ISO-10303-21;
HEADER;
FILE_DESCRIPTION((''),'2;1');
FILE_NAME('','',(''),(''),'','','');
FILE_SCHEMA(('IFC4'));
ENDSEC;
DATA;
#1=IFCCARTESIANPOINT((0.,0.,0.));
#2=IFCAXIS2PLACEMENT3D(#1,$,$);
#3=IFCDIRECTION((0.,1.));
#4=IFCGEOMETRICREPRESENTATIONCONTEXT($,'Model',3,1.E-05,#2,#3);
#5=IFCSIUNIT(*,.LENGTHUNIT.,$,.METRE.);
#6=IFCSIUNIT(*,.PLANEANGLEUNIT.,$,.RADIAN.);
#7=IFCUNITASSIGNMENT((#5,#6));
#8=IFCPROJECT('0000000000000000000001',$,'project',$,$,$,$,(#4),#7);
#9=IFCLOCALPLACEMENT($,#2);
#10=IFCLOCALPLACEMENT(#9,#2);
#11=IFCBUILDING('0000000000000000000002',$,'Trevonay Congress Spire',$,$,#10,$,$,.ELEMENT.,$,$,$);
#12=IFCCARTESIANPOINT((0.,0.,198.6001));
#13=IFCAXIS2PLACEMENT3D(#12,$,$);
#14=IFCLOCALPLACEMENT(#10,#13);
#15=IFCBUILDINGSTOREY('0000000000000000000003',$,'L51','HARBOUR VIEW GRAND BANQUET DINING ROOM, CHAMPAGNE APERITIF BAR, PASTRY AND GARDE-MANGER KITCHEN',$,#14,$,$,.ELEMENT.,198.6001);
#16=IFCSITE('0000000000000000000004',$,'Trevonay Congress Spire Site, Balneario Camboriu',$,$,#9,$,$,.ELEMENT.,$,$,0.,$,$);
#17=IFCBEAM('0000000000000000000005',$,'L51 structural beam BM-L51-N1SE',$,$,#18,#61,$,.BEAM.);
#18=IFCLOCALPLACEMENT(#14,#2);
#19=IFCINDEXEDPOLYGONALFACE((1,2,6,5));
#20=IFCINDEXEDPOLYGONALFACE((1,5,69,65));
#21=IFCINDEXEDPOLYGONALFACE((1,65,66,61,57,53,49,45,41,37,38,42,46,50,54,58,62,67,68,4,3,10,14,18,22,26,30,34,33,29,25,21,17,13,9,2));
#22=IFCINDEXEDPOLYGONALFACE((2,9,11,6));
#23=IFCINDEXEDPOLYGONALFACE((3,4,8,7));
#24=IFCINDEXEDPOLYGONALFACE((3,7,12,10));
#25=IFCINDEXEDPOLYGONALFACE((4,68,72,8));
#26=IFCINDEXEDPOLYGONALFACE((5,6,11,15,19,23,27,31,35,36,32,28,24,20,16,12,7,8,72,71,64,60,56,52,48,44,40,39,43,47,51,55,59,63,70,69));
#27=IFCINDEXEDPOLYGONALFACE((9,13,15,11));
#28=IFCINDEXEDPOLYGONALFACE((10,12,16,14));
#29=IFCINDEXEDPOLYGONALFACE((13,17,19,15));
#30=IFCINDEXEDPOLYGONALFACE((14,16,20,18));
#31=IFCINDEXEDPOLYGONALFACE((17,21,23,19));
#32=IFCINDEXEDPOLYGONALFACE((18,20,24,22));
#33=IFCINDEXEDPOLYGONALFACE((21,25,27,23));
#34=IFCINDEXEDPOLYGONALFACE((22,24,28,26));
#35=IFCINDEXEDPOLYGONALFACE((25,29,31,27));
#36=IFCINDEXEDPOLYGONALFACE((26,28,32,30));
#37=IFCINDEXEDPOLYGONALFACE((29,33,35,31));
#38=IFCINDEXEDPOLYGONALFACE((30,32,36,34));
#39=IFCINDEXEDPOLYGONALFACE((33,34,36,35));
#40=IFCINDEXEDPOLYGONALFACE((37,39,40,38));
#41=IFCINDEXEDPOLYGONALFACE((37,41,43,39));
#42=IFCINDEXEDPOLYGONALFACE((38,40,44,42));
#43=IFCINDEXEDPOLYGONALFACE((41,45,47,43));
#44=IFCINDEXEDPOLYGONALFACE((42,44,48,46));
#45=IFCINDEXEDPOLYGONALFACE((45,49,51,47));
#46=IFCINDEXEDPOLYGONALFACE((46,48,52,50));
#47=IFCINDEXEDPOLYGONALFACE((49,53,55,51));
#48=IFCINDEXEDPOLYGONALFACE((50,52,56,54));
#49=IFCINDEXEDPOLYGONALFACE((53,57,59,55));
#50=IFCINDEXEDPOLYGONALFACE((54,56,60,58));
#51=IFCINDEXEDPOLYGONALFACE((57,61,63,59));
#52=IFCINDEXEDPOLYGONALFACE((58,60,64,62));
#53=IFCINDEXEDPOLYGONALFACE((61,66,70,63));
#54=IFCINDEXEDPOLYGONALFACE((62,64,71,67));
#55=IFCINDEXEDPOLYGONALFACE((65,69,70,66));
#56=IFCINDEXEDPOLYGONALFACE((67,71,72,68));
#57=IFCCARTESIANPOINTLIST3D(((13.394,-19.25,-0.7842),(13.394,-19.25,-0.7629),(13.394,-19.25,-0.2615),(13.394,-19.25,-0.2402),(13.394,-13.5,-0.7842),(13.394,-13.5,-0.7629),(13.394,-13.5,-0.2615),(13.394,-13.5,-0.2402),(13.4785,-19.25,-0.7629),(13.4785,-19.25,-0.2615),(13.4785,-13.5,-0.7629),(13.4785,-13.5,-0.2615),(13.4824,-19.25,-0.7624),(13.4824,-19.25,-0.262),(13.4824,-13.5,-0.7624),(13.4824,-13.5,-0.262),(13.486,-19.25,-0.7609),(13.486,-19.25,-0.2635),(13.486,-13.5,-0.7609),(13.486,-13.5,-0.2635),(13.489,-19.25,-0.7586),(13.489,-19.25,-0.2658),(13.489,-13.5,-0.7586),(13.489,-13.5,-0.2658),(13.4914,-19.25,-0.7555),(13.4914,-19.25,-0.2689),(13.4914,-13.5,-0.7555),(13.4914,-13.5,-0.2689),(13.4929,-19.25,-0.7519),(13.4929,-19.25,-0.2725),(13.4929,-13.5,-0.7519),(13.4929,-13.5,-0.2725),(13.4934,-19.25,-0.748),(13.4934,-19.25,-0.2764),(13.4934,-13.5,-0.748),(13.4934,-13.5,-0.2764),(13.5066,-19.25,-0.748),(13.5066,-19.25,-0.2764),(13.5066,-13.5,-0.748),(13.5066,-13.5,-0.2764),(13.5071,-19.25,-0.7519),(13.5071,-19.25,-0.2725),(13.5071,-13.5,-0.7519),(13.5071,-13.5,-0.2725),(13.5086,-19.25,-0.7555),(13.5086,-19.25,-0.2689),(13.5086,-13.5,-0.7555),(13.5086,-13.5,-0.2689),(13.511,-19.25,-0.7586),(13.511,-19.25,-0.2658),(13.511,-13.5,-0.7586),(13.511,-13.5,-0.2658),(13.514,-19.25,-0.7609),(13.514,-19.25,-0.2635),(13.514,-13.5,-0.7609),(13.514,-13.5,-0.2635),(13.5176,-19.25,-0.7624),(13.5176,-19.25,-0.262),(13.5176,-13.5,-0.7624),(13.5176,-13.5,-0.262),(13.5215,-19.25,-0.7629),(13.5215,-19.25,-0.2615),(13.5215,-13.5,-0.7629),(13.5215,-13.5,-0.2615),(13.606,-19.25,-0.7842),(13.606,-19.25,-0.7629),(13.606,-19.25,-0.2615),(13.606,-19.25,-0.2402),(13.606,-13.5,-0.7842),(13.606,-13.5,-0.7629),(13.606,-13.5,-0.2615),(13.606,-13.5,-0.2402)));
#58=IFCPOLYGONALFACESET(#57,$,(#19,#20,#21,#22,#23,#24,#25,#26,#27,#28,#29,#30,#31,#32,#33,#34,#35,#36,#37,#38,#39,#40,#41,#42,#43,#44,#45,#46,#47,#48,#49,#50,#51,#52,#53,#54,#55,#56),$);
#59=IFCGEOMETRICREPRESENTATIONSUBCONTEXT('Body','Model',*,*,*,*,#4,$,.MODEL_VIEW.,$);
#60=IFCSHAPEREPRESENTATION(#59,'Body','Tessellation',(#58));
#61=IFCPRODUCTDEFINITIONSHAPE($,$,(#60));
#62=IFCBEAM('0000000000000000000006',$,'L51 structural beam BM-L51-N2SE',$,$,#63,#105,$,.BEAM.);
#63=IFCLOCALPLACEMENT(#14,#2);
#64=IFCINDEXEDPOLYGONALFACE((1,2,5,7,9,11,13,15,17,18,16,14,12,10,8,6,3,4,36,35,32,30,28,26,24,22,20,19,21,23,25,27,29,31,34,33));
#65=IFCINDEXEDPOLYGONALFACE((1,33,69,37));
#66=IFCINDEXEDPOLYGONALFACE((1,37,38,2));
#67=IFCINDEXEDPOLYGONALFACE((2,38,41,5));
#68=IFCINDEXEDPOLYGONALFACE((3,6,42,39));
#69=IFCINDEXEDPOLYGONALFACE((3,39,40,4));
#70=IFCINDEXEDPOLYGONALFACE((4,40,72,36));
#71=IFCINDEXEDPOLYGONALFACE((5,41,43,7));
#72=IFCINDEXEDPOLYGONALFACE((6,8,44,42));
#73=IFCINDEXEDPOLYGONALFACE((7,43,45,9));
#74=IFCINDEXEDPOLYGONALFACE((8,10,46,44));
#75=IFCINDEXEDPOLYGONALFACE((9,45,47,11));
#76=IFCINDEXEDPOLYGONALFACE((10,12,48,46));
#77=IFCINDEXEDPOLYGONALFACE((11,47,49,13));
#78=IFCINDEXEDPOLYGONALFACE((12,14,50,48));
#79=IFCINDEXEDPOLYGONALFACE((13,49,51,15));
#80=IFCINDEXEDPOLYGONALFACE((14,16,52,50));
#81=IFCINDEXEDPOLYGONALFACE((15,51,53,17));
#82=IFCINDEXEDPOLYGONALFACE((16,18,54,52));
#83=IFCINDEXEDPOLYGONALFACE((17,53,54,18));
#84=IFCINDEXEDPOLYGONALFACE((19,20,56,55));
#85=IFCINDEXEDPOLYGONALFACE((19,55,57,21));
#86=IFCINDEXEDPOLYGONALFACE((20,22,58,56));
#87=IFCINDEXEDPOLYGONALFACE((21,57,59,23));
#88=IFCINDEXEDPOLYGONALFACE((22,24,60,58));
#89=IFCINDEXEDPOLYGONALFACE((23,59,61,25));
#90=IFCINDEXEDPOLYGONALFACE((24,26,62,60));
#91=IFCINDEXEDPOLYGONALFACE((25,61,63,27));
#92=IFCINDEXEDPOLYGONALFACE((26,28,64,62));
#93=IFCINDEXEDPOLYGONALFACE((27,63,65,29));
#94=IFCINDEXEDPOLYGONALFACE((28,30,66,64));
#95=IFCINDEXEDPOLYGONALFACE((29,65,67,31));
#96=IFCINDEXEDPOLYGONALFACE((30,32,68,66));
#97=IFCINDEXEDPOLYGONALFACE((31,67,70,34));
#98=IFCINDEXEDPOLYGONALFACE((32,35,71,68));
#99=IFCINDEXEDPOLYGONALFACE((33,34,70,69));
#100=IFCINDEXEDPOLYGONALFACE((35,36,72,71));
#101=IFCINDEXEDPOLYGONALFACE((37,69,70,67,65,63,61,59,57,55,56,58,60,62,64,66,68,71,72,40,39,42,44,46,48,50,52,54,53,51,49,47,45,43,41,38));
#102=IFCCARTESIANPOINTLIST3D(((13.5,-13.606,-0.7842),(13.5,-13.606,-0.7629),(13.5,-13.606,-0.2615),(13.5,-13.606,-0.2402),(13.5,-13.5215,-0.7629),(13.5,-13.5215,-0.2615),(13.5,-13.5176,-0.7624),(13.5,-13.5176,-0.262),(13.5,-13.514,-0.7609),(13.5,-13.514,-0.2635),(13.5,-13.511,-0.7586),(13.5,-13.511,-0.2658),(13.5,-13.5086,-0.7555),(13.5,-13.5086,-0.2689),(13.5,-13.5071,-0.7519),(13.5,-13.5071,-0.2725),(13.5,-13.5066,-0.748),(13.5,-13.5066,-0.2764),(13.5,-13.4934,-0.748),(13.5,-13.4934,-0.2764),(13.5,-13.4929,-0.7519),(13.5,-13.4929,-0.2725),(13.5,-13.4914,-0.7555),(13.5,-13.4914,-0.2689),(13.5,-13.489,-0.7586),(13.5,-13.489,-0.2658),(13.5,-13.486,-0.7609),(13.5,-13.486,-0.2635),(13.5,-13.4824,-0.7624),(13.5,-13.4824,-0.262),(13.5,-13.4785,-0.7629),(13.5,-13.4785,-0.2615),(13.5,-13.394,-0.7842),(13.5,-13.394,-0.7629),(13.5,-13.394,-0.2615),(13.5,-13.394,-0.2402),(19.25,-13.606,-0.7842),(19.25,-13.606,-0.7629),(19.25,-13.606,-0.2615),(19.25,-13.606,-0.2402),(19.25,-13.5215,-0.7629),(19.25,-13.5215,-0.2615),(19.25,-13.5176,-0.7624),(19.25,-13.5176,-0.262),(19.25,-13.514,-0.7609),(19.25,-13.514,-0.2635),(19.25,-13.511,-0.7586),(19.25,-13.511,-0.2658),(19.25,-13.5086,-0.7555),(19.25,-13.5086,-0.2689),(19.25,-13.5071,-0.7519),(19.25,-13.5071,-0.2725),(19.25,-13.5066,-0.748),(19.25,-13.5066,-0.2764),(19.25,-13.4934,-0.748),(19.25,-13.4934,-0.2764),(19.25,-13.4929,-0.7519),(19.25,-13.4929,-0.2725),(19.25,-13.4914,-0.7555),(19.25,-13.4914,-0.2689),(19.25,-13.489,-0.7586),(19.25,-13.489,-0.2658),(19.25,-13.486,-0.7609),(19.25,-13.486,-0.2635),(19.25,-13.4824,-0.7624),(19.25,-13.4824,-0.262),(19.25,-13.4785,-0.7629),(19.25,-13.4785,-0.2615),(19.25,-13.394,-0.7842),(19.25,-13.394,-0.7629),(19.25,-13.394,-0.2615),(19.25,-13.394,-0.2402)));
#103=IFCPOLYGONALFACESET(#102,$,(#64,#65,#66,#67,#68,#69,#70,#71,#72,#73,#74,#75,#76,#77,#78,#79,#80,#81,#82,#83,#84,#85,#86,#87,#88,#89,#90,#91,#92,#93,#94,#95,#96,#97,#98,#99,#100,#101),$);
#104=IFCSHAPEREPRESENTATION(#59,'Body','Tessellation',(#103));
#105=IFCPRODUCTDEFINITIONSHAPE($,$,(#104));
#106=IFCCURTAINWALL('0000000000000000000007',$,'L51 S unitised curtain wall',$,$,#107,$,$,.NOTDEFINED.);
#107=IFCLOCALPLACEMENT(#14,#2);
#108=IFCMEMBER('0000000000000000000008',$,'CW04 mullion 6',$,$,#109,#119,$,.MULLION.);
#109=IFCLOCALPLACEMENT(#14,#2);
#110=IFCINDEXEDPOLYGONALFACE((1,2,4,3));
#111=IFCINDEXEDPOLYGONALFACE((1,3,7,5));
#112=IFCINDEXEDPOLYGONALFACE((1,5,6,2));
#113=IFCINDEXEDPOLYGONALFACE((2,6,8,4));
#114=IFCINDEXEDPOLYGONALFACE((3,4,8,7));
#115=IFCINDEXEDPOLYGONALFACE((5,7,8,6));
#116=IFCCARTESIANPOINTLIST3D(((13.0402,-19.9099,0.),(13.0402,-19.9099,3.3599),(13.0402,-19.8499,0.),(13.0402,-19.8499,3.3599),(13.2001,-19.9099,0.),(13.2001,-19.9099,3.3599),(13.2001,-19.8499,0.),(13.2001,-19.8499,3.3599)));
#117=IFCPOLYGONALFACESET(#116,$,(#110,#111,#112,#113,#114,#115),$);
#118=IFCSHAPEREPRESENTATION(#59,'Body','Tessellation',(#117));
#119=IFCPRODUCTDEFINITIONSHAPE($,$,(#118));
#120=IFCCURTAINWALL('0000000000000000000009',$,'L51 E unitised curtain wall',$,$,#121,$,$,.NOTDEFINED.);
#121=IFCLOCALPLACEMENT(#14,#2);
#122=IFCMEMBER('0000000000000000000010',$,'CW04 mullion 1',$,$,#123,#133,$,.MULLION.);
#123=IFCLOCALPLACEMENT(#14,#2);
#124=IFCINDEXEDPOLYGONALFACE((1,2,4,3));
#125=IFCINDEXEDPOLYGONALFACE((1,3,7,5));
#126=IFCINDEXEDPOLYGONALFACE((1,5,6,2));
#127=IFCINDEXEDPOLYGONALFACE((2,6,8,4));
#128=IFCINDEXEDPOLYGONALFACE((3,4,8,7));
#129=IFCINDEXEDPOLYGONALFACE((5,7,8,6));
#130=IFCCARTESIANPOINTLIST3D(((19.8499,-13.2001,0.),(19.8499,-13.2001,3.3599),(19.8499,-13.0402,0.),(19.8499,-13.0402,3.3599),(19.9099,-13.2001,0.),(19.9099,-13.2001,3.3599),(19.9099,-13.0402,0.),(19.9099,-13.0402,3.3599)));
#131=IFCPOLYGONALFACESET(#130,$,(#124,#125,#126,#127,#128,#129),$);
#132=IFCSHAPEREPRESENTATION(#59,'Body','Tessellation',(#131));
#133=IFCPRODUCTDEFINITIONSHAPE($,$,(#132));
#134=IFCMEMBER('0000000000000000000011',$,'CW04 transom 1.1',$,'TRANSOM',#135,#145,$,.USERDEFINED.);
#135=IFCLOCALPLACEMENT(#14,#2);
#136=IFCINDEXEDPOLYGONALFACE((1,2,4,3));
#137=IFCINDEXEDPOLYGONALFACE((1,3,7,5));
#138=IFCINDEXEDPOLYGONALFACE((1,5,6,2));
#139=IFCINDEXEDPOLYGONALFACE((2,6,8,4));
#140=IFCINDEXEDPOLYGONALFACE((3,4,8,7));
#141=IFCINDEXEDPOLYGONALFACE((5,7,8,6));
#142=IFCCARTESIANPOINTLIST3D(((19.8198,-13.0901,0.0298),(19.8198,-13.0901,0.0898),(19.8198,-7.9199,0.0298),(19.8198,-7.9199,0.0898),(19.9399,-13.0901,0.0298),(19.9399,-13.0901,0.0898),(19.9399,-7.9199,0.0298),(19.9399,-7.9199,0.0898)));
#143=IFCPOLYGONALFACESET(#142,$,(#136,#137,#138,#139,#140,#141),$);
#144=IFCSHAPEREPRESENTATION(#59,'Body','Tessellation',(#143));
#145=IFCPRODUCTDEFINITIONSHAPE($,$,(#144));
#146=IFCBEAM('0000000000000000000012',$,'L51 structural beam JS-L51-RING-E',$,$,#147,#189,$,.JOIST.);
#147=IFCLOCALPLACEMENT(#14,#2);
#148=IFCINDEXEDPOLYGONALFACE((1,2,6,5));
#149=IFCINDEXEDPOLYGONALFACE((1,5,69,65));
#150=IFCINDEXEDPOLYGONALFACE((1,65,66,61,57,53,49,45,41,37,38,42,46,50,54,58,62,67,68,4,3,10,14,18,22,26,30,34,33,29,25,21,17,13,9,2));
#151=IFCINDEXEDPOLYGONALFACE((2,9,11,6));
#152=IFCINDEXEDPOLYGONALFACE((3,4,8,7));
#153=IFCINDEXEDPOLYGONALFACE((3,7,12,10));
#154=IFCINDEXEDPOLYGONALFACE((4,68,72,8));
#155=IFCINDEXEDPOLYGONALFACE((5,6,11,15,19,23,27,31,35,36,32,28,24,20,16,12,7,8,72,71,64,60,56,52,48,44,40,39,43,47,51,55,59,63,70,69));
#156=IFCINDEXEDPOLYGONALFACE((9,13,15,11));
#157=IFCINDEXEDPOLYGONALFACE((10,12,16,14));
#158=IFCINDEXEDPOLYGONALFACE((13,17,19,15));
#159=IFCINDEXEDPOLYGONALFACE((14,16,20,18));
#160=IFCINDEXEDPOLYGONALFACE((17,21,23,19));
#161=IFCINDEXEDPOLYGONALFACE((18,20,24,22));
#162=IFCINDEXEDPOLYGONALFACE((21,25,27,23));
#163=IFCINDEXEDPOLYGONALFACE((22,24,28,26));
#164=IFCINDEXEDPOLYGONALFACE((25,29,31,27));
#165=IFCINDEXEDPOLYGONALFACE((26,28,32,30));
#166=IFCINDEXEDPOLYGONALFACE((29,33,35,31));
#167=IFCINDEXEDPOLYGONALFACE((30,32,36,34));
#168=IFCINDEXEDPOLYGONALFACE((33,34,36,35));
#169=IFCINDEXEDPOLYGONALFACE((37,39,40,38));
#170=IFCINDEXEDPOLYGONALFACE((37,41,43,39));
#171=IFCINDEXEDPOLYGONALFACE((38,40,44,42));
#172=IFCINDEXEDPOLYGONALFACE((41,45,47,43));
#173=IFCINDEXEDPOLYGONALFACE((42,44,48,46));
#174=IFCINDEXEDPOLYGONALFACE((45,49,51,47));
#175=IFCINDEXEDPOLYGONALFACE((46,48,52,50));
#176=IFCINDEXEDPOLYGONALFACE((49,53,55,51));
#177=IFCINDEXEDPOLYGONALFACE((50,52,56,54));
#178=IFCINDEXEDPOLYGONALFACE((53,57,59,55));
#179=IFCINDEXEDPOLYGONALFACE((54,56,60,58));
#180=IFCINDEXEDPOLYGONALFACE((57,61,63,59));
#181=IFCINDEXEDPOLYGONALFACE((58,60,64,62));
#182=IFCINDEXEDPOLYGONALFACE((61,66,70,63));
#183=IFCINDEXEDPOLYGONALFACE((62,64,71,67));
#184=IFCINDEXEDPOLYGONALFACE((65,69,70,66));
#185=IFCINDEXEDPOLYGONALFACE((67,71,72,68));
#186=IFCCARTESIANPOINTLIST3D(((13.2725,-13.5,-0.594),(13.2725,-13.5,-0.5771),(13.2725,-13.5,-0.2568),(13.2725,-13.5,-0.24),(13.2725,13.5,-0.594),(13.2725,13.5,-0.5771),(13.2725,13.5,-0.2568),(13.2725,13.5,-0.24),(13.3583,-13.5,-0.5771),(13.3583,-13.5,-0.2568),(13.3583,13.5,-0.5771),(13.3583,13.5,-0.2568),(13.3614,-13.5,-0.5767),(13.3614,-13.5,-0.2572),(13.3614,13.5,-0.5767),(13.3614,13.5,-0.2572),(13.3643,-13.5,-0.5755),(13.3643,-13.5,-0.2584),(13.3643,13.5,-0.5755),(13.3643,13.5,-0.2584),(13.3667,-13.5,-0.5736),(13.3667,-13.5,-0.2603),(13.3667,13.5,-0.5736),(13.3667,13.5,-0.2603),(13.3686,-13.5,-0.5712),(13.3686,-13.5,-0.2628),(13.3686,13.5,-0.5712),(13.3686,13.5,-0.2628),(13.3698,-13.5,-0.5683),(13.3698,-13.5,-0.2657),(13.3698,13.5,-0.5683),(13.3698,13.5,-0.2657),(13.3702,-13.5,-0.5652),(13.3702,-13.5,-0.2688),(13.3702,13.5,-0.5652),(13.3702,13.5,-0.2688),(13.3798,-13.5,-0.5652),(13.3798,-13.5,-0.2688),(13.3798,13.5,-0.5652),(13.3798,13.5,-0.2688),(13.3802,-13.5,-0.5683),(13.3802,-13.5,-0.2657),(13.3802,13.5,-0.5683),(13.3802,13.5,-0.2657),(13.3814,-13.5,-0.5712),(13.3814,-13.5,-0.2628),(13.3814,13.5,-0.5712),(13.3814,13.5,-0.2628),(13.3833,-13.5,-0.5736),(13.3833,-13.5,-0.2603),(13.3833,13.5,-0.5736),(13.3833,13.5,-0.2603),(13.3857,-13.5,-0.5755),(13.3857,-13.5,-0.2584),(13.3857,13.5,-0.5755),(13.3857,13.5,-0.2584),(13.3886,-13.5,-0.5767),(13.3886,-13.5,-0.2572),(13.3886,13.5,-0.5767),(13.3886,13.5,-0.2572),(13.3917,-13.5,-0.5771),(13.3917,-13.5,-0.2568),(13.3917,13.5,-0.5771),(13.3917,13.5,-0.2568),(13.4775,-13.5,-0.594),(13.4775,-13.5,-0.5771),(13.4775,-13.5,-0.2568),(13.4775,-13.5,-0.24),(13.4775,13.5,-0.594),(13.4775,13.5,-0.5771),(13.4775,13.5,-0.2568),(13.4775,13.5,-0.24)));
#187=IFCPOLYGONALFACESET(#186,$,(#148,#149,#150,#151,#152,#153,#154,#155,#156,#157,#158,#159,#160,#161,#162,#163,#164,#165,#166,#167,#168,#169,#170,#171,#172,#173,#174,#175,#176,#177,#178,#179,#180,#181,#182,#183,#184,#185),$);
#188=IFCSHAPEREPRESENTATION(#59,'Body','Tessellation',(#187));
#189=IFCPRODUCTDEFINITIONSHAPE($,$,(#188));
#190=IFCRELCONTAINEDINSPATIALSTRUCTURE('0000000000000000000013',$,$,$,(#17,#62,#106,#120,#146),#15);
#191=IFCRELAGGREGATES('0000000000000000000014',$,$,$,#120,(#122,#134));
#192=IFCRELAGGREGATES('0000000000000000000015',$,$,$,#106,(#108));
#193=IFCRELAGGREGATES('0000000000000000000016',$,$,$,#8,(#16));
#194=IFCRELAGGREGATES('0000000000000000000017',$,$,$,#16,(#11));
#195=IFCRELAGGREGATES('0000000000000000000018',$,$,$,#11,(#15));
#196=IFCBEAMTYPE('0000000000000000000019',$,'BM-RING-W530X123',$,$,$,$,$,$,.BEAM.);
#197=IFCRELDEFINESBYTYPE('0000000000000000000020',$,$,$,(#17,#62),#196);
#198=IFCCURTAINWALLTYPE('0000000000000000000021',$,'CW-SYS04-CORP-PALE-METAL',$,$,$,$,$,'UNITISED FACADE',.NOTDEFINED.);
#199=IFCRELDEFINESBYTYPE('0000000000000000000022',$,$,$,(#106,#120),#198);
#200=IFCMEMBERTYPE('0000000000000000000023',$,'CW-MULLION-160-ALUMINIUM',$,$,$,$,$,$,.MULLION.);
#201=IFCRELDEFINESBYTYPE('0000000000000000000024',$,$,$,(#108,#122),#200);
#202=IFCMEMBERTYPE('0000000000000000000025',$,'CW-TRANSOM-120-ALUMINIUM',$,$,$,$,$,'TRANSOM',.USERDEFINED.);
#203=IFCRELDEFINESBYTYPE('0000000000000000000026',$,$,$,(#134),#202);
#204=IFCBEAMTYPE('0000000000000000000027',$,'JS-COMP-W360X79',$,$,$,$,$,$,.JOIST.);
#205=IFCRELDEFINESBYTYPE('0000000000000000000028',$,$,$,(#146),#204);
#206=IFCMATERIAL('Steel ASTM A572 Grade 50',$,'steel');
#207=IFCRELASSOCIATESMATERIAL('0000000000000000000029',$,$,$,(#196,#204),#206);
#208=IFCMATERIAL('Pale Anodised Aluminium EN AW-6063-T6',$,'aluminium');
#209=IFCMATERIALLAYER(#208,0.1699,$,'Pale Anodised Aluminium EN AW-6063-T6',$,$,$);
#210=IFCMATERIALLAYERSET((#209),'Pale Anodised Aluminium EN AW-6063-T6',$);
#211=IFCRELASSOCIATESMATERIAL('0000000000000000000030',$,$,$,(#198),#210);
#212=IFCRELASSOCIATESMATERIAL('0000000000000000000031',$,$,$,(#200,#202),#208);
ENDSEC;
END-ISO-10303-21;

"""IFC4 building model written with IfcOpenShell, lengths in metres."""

from ifc_helpers import new_model, si_unit, direction, frame, origin, origin_2d, place, context, subcontext, project, spatial, rectangle, i_section, extrude, material, layer, layer_set, material_profile, profile_set, type_object, element, aggregate, save


model = new_model("IFC4")

# Units and contexts
model_context = context("Model", 3, precision=1e-05, world=origin(), true_north=direction((0.0, 1.0)))
body_context = subcontext(model_context, "Body", "Model", "MODEL_VIEW")
ifc_project = project(units=[si_unit("LENGTHUNIT", "METRE"), si_unit("PLANEANGLEUNIT", "RADIAN")], contexts=[model_context])

# Site, building, storey
site_placement = place(None, origin())
site = spatial("IfcSite", under=ifc_project, at=site_placement, Name="Trevonay Congress Spire Site, Balneario Camboriu", CompositionType="ELEMENT", RefElevation=0.0)
building_placement = place(site_placement, origin())
building = spatial("IfcBuilding", under=site, at=building_placement, Name="Trevonay Congress Spire", CompositionType="ELEMENT")
storey_placement = place(building_placement, frame((0.0, 0.0, 198.6001)))
storey = spatial("IfcBuildingStorey", under=building, at=storey_placement, Name="L51", Description="HARBOUR VIEW GRAND BANQUET DINING ROOM, CHAMPAGNE APERITIF BAR, PASTRY AND GARDE-MANGER KITCHEN", CompositionType="ELEMENT", Elevation=198.6001)

# Shared definitions
ifc_material_1 = material(Name="Steel ASTM A572 Grade 50", Category="steel")

# Beams
ifc_material_profile_1 = material_profile(ifc_material_1, i_section(OverallWidth=0.2119, OverallDepth=0.5439, WebThickness=0.0132, FlangeThickness=0.0212, FilletRadius=0.0149, at=origin_2d()), Name="W530x123")
ifc_profile_set_1 = profile_set([ifc_material_profile_1], Name="Steel ASTM A572 Grade 50")
beam_type_1 = type_object("IfcBeamType", Name="BM-RING-W530X123", PredefinedType="BEAM", material=ifc_profile_set_1)
for number, where, z_axis, x_axis, name in (
    (1, (13.5, -19.25, -0.5122), (0.0, 1.0, 0.0), (-1.0, 0.0, 0.0), "L51 structural beam BM-L51-N1SE"),
    (2, (19.25, -13.5, -0.5122), (-1.0, 0.0, 0.0), (0.0, -1.0, 0.0), "L51 structural beam BM-L51-N2SE"),
):
    element("IfcBeam", number, at=place(storey_placement, frame(where, z_axis=z_axis, x_axis=x_axis)), inside=storey, type_object=beam_type_1, Name=name, PredefinedType="BEAM", context=body_context, shape_type="SweptSolid", body=[
        extrude(i_section(OverallWidth=0.2119, OverallDepth=0.5439, WebThickness=0.0132, FlangeThickness=0.0212, FilletRadius=0.0149, at=origin_2d()), origin(), (0.0, 0.0, 1.0), 5.75),
    ])

# Curtain wall, member
ifc_material_2 = material(Name="Pale Anodised Aluminium EN AW-6063-T6", Category="aluminium")
ifc_layer_1 = layer(ifc_material_2, 0.1699, Name="Pale Anodised Aluminium EN AW-6063-T6")
ifc_layer_set_1 = layer_set([ifc_layer_1], Name="Pale Anodised Aluminium EN AW-6063-T6")
curtain_wall_type = type_object("IfcCurtainWallType", Name="CW-SYS04-CORP-PALE-METAL", ElementType="UNITISED FACADE", PredefinedType="NOTDEFINED", material=ifc_layer_set_1)
curtain_wall_1_placement = place(storey_placement, origin())
curtain_wall_1 = element("IfcCurtainWall", 3, at=curtain_wall_1_placement, inside=storey, type_object=curtain_wall_type, Name="L51 S unitised curtain wall", PredefinedType="NOTDEFINED")
ifc_material_profile_2 = material_profile(ifc_material_2, rectangle(XDim=0.0601, YDim=0.1599, at=origin_2d()), Name="CW-MULLION-160-ALUMINIUM")
ifc_profile_set_2 = profile_set([ifc_material_profile_2], Name="Pale Anodised Aluminium EN AW-6063-T6")
member_type_1 = type_object("IfcMemberType", Name="CW-MULLION-160-ALUMINIUM", PredefinedType="MULLION", material=ifc_profile_set_2)
member_1_placement = place(storey_placement, frame((13.1201, -19.8799, 0.0), z_axis=(0.0, 0.0, 1.0), x_axis=(0.0, 1.0, 0.0)))
member_1 = element("IfcMember", 4, at=member_1_placement, type_object=member_type_1, Name="CW04 mullion 6", PredefinedType="MULLION", context=body_context, shape_type="SweptSolid", body=[
    extrude(rectangle(XDim=0.0601, YDim=0.1599, at=origin_2d()), origin(), (0.0, 0.0, 1.0), 3.3599),
])

# Curtain wall, members
curtain_wall_2_placement = place(storey_placement, origin())
curtain_wall_2 = element("IfcCurtainWall", 5, at=curtain_wall_2_placement, inside=storey, type_object=curtain_wall_type, Name="L51 E unitised curtain wall", PredefinedType="NOTDEFINED")
member_2_placement = place(storey_placement, frame((19.8799, -13.1201, 0.0), z_axis=(0.0, 0.0, 1.0), x_axis=(-1.0, 0.0, 0.0)))
member_2 = element("IfcMember", 6, at=member_2_placement, type_object=member_type_1, Name="CW04 mullion 1", PredefinedType="MULLION", context=body_context, shape_type="SweptSolid", body=[
    extrude(rectangle(XDim=0.0601, YDim=0.1599, at=origin_2d()), origin(), (0.0, 0.0, 1.0), 3.3599),
])
ifc_material_profile_3 = material_profile(ifc_material_2, rectangle(XDim=0.1201, YDim=0.0601, at=origin_2d()), Name="CW-TRANSOM-120-ALUMINIUM")
ifc_profile_set_3 = profile_set([ifc_material_profile_3], Name="Pale Anodised Aluminium EN AW-6063-T6")
member_type_2 = type_object("IfcMemberType", Name="CW-TRANSOM-120-ALUMINIUM", ElementType="TRANSOM", PredefinedType="USERDEFINED", material=ifc_profile_set_3)
member_3_placement = place(storey_placement, frame((19.8799, -13.0901, 0.0598), z_axis=(0.0, 1.0, 0.0), x_axis=(-1.0, 0.0, 0.0)))
member_3 = element("IfcMember", 7, at=member_3_placement, type_object=member_type_2, Name="CW04 transom 1.1", ObjectType="TRANSOM", PredefinedType="USERDEFINED", context=body_context, shape_type="SweptSolid", body=[
    extrude(rectangle(XDim=0.1201, YDim=0.0601, at=origin_2d()), origin(), (0.0, 0.0, 1.0), 5.1702),
])
aggregate(curtain_wall_2, [member_2, member_3])

# Beam
ifc_material_profile_4 = material_profile(ifc_material_1, i_section(OverallWidth=0.2051, OverallDepth=0.354, WebThickness=0.0095, FlangeThickness=0.0168, FilletRadius=0.012, at=origin_2d()), Name="W360x79")
ifc_profile_set_4 = profile_set([ifc_material_profile_4], Name="Steel ASTM A572 Grade 50")
beam_type_2 = type_object("IfcBeamType", Name="JS-COMP-W360X79", PredefinedType="JOIST", material=ifc_profile_set_4)
beam_placement = place(storey_placement, frame((13.375, -13.5, -0.417), z_axis=(0.0, 1.0, 0.0), x_axis=(-1.0, 0.0, 0.0)))
element("IfcBeam", 8, at=beam_placement, inside=storey, type_object=beam_type_2, Name="L51 structural beam JS-L51-RING-E", PredefinedType="JOIST", context=body_context, shape_type="SweptSolid", body=[
    extrude(i_section(OverallWidth=0.2051, OverallDepth=0.354, WebThickness=0.0095, FlangeThickness=0.0168, FilletRadius=0.012, at=origin_2d()), origin(), (0.0, 0.0, 1.0), 27.0),
])

aggregate(curtain_wall_1, [member_1])

save(model, "model.ifc")
